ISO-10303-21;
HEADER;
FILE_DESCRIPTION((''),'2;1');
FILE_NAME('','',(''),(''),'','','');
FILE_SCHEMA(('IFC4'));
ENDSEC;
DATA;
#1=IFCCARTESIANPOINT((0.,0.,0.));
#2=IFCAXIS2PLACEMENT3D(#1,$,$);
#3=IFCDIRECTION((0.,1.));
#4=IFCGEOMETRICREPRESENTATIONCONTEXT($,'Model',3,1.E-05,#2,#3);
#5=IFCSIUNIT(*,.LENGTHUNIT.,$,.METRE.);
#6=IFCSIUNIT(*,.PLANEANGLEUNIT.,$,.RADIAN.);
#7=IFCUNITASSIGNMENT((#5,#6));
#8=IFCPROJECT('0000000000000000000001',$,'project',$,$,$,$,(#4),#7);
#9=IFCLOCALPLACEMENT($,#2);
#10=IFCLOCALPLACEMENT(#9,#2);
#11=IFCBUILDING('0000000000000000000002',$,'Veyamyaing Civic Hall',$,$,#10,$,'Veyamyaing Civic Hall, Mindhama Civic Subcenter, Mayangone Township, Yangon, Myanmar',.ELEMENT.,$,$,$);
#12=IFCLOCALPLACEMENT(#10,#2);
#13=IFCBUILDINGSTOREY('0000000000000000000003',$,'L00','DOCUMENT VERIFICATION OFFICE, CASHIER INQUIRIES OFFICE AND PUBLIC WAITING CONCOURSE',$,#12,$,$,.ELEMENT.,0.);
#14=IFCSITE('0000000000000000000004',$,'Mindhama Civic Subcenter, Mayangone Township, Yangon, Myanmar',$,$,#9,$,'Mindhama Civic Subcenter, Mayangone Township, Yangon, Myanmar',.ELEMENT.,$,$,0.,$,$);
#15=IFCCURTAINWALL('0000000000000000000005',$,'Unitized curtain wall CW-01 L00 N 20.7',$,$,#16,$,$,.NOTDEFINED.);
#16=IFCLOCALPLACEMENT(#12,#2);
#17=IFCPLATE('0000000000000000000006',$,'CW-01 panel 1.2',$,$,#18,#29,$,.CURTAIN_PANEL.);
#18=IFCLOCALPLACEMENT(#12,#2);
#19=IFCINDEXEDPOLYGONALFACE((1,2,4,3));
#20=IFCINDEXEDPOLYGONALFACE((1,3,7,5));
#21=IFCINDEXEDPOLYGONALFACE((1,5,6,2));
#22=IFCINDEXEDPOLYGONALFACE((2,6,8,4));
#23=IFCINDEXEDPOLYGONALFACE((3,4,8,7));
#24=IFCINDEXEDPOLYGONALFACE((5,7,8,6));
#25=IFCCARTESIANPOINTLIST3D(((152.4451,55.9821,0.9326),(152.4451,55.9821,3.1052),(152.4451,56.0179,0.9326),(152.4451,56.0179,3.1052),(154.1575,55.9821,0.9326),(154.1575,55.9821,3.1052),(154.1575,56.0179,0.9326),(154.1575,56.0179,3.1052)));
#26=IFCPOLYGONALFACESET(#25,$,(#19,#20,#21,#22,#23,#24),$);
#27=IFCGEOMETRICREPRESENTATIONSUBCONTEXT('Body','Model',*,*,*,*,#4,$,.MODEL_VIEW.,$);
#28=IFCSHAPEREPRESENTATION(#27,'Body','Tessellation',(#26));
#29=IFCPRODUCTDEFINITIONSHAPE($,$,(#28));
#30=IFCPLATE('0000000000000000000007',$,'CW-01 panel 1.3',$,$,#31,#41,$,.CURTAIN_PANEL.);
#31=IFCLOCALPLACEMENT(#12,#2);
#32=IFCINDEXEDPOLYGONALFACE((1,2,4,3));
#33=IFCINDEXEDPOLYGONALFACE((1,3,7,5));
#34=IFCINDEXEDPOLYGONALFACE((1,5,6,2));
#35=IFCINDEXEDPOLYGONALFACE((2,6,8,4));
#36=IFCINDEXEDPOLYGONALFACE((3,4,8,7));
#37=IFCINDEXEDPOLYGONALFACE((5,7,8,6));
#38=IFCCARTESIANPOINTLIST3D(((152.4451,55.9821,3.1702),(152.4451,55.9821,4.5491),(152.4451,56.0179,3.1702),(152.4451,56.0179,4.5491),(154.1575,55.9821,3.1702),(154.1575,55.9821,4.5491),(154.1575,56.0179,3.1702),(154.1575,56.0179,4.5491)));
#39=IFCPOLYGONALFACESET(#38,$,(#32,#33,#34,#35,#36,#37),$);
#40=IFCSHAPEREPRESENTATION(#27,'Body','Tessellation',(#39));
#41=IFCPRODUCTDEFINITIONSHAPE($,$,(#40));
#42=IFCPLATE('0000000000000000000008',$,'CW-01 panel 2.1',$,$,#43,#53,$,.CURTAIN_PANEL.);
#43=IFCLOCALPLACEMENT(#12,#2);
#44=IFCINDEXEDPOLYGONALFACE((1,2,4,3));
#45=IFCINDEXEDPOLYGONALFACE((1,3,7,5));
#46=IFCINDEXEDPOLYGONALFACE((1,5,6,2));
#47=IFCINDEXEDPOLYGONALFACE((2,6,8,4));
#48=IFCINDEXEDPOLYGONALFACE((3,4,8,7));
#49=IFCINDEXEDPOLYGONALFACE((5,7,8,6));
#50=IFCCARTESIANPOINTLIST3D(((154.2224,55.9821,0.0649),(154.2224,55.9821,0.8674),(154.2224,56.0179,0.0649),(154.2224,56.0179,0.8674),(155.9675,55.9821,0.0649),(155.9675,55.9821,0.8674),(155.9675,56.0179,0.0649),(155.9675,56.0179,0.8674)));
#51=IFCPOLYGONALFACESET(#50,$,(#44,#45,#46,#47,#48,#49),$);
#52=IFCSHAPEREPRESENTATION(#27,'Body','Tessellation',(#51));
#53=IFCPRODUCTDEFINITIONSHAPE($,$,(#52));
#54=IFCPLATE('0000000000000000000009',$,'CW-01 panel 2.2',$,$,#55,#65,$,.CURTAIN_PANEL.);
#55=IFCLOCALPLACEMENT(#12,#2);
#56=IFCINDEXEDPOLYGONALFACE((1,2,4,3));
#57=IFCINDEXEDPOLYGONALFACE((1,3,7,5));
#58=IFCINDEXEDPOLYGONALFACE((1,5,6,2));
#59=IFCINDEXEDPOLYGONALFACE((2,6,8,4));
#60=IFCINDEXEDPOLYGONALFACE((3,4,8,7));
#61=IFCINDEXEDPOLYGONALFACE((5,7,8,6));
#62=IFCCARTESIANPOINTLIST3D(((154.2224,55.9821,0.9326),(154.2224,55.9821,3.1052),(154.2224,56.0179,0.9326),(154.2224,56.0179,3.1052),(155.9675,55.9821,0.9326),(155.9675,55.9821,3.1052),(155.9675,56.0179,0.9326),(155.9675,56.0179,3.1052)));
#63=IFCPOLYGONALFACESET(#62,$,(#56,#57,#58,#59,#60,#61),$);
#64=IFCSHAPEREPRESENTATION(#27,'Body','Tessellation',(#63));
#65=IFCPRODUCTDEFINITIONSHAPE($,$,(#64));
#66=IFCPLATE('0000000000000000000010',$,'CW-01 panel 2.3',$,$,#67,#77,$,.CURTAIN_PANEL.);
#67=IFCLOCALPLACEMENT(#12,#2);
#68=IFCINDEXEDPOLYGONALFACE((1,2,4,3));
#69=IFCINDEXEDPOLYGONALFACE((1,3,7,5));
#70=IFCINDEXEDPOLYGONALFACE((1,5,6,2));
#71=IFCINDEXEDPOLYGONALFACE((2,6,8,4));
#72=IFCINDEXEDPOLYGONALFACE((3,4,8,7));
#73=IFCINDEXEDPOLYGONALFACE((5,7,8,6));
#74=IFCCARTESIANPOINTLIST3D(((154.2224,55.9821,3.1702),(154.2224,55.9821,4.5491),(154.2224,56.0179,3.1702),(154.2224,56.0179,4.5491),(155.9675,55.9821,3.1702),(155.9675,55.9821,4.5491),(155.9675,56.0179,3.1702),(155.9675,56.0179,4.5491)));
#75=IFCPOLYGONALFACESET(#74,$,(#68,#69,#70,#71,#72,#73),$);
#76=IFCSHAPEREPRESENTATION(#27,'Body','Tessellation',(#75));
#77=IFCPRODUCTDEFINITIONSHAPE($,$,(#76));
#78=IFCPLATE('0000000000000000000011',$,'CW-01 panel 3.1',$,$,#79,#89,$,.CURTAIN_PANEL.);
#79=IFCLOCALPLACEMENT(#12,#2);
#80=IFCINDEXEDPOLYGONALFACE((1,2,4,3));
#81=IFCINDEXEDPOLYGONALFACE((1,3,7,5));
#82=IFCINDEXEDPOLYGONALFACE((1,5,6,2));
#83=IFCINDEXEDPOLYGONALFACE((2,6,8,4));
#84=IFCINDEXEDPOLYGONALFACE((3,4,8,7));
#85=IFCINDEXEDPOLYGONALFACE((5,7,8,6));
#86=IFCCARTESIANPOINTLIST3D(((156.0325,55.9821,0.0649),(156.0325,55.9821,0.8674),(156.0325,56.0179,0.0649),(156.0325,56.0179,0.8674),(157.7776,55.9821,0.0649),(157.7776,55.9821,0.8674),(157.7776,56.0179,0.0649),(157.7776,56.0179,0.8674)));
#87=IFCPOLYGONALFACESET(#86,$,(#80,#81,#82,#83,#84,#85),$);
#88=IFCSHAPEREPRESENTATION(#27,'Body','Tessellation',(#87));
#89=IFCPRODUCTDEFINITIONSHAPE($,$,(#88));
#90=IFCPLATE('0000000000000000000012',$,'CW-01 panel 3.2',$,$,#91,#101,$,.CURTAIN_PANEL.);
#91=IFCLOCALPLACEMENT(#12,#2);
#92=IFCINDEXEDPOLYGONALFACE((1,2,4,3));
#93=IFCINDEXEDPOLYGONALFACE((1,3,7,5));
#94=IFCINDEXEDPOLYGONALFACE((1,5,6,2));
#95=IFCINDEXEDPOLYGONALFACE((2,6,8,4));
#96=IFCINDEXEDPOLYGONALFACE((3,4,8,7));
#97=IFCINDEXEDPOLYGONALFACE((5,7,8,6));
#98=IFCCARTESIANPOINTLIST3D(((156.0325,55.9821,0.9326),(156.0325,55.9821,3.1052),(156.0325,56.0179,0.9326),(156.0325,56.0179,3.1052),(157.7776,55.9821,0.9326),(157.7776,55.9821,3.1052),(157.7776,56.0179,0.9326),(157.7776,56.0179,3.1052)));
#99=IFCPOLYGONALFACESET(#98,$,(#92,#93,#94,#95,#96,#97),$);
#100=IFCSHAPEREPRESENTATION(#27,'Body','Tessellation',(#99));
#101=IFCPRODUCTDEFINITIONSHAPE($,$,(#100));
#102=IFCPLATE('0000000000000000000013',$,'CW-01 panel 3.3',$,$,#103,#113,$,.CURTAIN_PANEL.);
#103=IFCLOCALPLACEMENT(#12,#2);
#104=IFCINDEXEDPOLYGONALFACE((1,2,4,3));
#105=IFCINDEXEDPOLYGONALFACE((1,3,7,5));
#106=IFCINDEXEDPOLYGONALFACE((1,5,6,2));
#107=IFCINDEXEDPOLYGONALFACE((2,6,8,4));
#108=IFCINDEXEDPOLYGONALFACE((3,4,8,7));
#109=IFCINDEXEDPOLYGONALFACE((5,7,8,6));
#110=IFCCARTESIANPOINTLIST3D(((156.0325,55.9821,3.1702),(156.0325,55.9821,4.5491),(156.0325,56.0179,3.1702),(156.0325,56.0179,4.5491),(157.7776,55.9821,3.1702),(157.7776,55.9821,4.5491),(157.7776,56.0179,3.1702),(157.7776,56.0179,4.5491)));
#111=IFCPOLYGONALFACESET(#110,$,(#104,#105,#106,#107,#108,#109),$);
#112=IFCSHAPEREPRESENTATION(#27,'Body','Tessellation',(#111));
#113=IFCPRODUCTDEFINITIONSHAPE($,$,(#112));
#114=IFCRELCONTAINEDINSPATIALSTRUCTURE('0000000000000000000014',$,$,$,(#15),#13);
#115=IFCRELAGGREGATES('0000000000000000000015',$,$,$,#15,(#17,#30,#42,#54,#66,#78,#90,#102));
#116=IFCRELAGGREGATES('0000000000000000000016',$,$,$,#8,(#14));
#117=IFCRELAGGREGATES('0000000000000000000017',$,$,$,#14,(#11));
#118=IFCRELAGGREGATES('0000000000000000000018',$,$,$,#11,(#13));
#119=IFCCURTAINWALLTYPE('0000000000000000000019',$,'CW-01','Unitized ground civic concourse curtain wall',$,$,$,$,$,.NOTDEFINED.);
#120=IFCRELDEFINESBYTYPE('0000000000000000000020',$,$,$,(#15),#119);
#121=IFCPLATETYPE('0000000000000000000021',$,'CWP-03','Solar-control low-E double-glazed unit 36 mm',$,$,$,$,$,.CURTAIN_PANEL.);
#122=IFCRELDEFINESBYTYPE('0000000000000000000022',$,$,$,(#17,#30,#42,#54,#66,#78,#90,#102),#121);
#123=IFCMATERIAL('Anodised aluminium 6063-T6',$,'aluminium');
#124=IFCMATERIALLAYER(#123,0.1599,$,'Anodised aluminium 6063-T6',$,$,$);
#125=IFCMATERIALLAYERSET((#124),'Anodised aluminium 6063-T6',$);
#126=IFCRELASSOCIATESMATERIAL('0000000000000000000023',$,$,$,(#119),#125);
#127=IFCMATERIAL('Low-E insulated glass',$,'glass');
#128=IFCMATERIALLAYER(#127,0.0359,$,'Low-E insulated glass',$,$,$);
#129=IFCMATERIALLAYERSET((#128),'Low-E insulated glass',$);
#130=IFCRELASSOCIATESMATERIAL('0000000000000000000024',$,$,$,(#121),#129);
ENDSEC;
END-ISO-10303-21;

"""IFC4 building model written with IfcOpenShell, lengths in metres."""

from ifc_helpers import new_model, si_unit, direction, frame, origin, origin_2d, place, context, subcontext, project, spatial, rectangle, extrude, material, layer, layer_set, type_object, element, aggregate, save


model = new_model("IFC4")

# Units and contexts
model_context = context("Model", 3, precision=1e-05, world=origin(), true_north=direction((0.0, 1.0)))
body_context = subcontext(model_context, "Body", "Model", "MODEL_VIEW")
ifc_project = project(units=[si_unit("LENGTHUNIT", "METRE"), si_unit("PLANEANGLEUNIT", "RADIAN")], contexts=[model_context])

# Site, building, storey
site_placement = place(None, origin())
site = spatial("IfcSite", under=ifc_project, at=site_placement, Name="Mindhama Civic Subcenter, Mayangone Township, Yangon, Myanmar", LongName="Mindhama Civic Subcenter, Mayangone Township, Yangon, Myanmar", CompositionType="ELEMENT", RefElevation=0.0)
building_placement = place(site_placement, origin())
building = spatial("IfcBuilding", under=site, at=building_placement, Name="Veyamyaing Civic Hall", LongName="Veyamyaing Civic Hall, Mindhama Civic Subcenter, Mayangone Township, Yangon, Myanmar", CompositionType="ELEMENT")
storey_placement = place(building_placement, origin())
storey = spatial("IfcBuildingStorey", under=building, at=storey_placement, Name="L00", Description="DOCUMENT VERIFICATION OFFICE, CASHIER INQUIRIES OFFICE AND PUBLIC WAITING CONCOURSE", CompositionType="ELEMENT", Elevation=0.0)

# Shared definitions
ifc_material_1 = material(Name="Anodised aluminium 6063-T6", Category="aluminium")
ifc_layer_1 = layer(ifc_material_1, 0.1599, Name="Anodised aluminium 6063-T6")
ifc_layer_set_1 = layer_set([ifc_layer_1], Name="Anodised aluminium 6063-T6")
curtain_wall_type = type_object("IfcCurtainWallType", Name="CW-01", Description="Unitized ground civic concourse curtain wall", PredefinedType="NOTDEFINED", material=ifc_layer_set_1)

# Curtain wall
curtain_wall_1_placement = place(storey_placement, origin())
curtain_wall_1 = element("IfcCurtainWall", 1, at=curtain_wall_1_placement, inside=storey, type_object=curtain_wall_type, Name="Unitized curtain wall CW-01 L00 N 20.7", PredefinedType="NOTDEFINED")

# Plates
ifc_material_2 = material(Name="Low-E insulated glass", Category="glass")
ifc_layer_2 = layer(ifc_material_2, 0.0359, Name="Low-E insulated glass")
ifc_layer_set_2 = layer_set([ifc_layer_2], Name="Low-E insulated glass")
plate_type_1 = type_object("IfcPlateType", Name="CWP-03", Description="Solar-control low-E double-glazed unit 36 mm", PredefinedType="CURTAIN_PANEL", material=ifc_layer_set_2)
plate_1_placement = place(storey_placement, frame((153.3013, 56.0, 0.9326), z_axis=(0.0, 0.0, 1.0), x_axis=(1.0, 0.0, 0.0)))
plate_1 = element("IfcPlate", 2, at=plate_1_placement, type_object=plate_type_1, Name="CW-01 panel 1.2", PredefinedType="CURTAIN_PANEL", context=body_context, shape_type="SweptSolid", body=[
    extrude(rectangle(XDim=1.7124, YDim=0.0359, at=origin_2d()), origin(), (0.0, 0.0, 1.0), 2.1726),
])
plate_2_placement = place(storey_placement, frame((153.3013, 56.0, 3.1702), z_axis=(0.0, 0.0, 1.0), x_axis=(1.0, 0.0, 0.0)))
plate_2 = element("IfcPlate", 3, at=plate_2_placement, type_object=plate_type_1, Name="CW-01 panel 1.3", PredefinedType="CURTAIN_PANEL", context=body_context, shape_type="SweptSolid", body=[
    extrude(rectangle(XDim=1.7124, YDim=0.0359, at=origin_2d()), origin(), (0.0, 0.0, 1.0), 1.3789),
])
plate_3_placement = place(storey_placement, frame((155.095, 56.0, 0.0649), z_axis=(0.0, 0.0, 1.0), x_axis=(1.0, 0.0, 0.0)))
plate_3 = element("IfcPlate", 4, at=plate_3_placement, type_object=plate_type_1, Name="CW-01 panel 2.1", PredefinedType="CURTAIN_PANEL", context=body_context, shape_type="SweptSolid", body=[
    extrude(rectangle(XDim=1.7451, YDim=0.0359, at=origin_2d()), origin(), (0.0, 0.0, 1.0), 0.8025),
])
plate_4_placement = place(storey_placement, frame((155.095, 56.0, 0.9326), z_axis=(0.0, 0.0, 1.0), x_axis=(1.0, 0.0, 0.0)))
plate_4 = element("IfcPlate", 5, at=plate_4_placement, type_object=plate_type_1, Name="CW-01 panel 2.2", PredefinedType="CURTAIN_PANEL", context=body_context, shape_type="SweptSolid", body=[
    extrude(rectangle(XDim=1.7451, YDim=0.0359, at=origin_2d()), origin(), (0.0, 0.0, 1.0), 2.1726),
])
plate_5_placement = place(storey_placement, frame((155.095, 56.0, 3.1702), z_axis=(0.0, 0.0, 1.0), x_axis=(1.0, 0.0, 0.0)))
plate_5 = element("IfcPlate", 6, at=plate_5_placement, type_object=plate_type_1, Name="CW-01 panel 2.3", PredefinedType="CURTAIN_PANEL", context=body_context, shape_type="SweptSolid", body=[
    extrude(rectangle(XDim=1.7451, YDim=0.0359, at=origin_2d()), origin(), (0.0, 0.0, 1.0), 1.3789),
])
plate_6_placement = place(storey_placement, frame((156.905, 56.0, 0.0649), z_axis=(0.0, 0.0, 1.0), x_axis=(1.0, 0.0, 0.0)))
plate_6 = element("IfcPlate", 7, at=plate_6_placement, type_object=plate_type_1, Name="CW-01 panel 3.1", PredefinedType="CURTAIN_PANEL", context=body_context, shape_type="SweptSolid", body=[
    extrude(rectangle(XDim=1.7451, YDim=0.0359, at=origin_2d()), origin(), (0.0, 0.0, 1.0), 0.8025),
])
plate_7_placement = place(storey_placement, frame((156.905, 56.0, 0.9326), z_axis=(0.0, 0.0, 1.0), x_axis=(1.0, 0.0, 0.0)))
plate_7 = element("IfcPlate", 8, at=plate_7_placement, type_object=plate_type_1, Name="CW-01 panel 3.2", PredefinedType="CURTAIN_PANEL", context=body_context, shape_type="SweptSolid", body=[
    extrude(rectangle(XDim=1.7451, YDim=0.0359, at=origin_2d()), origin(), (0.0, 0.0, 1.0), 2.1726),
])
plate_8_placement = place(storey_placement, frame((156.905, 56.0, 3.1702), z_axis=(0.0, 0.0, 1.0), x_axis=(1.0, 0.0, 0.0)))
plate_8 = element("IfcPlate", 9, at=plate_8_placement, type_object=plate_type_1, Name="CW-01 panel 3.3", PredefinedType="CURTAIN_PANEL", context=body_context, shape_type="SweptSolid", body=[
    extrude(rectangle(XDim=1.7451, YDim=0.0359, at=origin_2d()), origin(), (0.0, 0.0, 1.0), 1.3789),
])
aggregate(curtain_wall_1, [plate_1, plate_2, plate_3, plate_4, plate_5, plate_6, plate_7, plate_8])

save(model, "model.ifc")
